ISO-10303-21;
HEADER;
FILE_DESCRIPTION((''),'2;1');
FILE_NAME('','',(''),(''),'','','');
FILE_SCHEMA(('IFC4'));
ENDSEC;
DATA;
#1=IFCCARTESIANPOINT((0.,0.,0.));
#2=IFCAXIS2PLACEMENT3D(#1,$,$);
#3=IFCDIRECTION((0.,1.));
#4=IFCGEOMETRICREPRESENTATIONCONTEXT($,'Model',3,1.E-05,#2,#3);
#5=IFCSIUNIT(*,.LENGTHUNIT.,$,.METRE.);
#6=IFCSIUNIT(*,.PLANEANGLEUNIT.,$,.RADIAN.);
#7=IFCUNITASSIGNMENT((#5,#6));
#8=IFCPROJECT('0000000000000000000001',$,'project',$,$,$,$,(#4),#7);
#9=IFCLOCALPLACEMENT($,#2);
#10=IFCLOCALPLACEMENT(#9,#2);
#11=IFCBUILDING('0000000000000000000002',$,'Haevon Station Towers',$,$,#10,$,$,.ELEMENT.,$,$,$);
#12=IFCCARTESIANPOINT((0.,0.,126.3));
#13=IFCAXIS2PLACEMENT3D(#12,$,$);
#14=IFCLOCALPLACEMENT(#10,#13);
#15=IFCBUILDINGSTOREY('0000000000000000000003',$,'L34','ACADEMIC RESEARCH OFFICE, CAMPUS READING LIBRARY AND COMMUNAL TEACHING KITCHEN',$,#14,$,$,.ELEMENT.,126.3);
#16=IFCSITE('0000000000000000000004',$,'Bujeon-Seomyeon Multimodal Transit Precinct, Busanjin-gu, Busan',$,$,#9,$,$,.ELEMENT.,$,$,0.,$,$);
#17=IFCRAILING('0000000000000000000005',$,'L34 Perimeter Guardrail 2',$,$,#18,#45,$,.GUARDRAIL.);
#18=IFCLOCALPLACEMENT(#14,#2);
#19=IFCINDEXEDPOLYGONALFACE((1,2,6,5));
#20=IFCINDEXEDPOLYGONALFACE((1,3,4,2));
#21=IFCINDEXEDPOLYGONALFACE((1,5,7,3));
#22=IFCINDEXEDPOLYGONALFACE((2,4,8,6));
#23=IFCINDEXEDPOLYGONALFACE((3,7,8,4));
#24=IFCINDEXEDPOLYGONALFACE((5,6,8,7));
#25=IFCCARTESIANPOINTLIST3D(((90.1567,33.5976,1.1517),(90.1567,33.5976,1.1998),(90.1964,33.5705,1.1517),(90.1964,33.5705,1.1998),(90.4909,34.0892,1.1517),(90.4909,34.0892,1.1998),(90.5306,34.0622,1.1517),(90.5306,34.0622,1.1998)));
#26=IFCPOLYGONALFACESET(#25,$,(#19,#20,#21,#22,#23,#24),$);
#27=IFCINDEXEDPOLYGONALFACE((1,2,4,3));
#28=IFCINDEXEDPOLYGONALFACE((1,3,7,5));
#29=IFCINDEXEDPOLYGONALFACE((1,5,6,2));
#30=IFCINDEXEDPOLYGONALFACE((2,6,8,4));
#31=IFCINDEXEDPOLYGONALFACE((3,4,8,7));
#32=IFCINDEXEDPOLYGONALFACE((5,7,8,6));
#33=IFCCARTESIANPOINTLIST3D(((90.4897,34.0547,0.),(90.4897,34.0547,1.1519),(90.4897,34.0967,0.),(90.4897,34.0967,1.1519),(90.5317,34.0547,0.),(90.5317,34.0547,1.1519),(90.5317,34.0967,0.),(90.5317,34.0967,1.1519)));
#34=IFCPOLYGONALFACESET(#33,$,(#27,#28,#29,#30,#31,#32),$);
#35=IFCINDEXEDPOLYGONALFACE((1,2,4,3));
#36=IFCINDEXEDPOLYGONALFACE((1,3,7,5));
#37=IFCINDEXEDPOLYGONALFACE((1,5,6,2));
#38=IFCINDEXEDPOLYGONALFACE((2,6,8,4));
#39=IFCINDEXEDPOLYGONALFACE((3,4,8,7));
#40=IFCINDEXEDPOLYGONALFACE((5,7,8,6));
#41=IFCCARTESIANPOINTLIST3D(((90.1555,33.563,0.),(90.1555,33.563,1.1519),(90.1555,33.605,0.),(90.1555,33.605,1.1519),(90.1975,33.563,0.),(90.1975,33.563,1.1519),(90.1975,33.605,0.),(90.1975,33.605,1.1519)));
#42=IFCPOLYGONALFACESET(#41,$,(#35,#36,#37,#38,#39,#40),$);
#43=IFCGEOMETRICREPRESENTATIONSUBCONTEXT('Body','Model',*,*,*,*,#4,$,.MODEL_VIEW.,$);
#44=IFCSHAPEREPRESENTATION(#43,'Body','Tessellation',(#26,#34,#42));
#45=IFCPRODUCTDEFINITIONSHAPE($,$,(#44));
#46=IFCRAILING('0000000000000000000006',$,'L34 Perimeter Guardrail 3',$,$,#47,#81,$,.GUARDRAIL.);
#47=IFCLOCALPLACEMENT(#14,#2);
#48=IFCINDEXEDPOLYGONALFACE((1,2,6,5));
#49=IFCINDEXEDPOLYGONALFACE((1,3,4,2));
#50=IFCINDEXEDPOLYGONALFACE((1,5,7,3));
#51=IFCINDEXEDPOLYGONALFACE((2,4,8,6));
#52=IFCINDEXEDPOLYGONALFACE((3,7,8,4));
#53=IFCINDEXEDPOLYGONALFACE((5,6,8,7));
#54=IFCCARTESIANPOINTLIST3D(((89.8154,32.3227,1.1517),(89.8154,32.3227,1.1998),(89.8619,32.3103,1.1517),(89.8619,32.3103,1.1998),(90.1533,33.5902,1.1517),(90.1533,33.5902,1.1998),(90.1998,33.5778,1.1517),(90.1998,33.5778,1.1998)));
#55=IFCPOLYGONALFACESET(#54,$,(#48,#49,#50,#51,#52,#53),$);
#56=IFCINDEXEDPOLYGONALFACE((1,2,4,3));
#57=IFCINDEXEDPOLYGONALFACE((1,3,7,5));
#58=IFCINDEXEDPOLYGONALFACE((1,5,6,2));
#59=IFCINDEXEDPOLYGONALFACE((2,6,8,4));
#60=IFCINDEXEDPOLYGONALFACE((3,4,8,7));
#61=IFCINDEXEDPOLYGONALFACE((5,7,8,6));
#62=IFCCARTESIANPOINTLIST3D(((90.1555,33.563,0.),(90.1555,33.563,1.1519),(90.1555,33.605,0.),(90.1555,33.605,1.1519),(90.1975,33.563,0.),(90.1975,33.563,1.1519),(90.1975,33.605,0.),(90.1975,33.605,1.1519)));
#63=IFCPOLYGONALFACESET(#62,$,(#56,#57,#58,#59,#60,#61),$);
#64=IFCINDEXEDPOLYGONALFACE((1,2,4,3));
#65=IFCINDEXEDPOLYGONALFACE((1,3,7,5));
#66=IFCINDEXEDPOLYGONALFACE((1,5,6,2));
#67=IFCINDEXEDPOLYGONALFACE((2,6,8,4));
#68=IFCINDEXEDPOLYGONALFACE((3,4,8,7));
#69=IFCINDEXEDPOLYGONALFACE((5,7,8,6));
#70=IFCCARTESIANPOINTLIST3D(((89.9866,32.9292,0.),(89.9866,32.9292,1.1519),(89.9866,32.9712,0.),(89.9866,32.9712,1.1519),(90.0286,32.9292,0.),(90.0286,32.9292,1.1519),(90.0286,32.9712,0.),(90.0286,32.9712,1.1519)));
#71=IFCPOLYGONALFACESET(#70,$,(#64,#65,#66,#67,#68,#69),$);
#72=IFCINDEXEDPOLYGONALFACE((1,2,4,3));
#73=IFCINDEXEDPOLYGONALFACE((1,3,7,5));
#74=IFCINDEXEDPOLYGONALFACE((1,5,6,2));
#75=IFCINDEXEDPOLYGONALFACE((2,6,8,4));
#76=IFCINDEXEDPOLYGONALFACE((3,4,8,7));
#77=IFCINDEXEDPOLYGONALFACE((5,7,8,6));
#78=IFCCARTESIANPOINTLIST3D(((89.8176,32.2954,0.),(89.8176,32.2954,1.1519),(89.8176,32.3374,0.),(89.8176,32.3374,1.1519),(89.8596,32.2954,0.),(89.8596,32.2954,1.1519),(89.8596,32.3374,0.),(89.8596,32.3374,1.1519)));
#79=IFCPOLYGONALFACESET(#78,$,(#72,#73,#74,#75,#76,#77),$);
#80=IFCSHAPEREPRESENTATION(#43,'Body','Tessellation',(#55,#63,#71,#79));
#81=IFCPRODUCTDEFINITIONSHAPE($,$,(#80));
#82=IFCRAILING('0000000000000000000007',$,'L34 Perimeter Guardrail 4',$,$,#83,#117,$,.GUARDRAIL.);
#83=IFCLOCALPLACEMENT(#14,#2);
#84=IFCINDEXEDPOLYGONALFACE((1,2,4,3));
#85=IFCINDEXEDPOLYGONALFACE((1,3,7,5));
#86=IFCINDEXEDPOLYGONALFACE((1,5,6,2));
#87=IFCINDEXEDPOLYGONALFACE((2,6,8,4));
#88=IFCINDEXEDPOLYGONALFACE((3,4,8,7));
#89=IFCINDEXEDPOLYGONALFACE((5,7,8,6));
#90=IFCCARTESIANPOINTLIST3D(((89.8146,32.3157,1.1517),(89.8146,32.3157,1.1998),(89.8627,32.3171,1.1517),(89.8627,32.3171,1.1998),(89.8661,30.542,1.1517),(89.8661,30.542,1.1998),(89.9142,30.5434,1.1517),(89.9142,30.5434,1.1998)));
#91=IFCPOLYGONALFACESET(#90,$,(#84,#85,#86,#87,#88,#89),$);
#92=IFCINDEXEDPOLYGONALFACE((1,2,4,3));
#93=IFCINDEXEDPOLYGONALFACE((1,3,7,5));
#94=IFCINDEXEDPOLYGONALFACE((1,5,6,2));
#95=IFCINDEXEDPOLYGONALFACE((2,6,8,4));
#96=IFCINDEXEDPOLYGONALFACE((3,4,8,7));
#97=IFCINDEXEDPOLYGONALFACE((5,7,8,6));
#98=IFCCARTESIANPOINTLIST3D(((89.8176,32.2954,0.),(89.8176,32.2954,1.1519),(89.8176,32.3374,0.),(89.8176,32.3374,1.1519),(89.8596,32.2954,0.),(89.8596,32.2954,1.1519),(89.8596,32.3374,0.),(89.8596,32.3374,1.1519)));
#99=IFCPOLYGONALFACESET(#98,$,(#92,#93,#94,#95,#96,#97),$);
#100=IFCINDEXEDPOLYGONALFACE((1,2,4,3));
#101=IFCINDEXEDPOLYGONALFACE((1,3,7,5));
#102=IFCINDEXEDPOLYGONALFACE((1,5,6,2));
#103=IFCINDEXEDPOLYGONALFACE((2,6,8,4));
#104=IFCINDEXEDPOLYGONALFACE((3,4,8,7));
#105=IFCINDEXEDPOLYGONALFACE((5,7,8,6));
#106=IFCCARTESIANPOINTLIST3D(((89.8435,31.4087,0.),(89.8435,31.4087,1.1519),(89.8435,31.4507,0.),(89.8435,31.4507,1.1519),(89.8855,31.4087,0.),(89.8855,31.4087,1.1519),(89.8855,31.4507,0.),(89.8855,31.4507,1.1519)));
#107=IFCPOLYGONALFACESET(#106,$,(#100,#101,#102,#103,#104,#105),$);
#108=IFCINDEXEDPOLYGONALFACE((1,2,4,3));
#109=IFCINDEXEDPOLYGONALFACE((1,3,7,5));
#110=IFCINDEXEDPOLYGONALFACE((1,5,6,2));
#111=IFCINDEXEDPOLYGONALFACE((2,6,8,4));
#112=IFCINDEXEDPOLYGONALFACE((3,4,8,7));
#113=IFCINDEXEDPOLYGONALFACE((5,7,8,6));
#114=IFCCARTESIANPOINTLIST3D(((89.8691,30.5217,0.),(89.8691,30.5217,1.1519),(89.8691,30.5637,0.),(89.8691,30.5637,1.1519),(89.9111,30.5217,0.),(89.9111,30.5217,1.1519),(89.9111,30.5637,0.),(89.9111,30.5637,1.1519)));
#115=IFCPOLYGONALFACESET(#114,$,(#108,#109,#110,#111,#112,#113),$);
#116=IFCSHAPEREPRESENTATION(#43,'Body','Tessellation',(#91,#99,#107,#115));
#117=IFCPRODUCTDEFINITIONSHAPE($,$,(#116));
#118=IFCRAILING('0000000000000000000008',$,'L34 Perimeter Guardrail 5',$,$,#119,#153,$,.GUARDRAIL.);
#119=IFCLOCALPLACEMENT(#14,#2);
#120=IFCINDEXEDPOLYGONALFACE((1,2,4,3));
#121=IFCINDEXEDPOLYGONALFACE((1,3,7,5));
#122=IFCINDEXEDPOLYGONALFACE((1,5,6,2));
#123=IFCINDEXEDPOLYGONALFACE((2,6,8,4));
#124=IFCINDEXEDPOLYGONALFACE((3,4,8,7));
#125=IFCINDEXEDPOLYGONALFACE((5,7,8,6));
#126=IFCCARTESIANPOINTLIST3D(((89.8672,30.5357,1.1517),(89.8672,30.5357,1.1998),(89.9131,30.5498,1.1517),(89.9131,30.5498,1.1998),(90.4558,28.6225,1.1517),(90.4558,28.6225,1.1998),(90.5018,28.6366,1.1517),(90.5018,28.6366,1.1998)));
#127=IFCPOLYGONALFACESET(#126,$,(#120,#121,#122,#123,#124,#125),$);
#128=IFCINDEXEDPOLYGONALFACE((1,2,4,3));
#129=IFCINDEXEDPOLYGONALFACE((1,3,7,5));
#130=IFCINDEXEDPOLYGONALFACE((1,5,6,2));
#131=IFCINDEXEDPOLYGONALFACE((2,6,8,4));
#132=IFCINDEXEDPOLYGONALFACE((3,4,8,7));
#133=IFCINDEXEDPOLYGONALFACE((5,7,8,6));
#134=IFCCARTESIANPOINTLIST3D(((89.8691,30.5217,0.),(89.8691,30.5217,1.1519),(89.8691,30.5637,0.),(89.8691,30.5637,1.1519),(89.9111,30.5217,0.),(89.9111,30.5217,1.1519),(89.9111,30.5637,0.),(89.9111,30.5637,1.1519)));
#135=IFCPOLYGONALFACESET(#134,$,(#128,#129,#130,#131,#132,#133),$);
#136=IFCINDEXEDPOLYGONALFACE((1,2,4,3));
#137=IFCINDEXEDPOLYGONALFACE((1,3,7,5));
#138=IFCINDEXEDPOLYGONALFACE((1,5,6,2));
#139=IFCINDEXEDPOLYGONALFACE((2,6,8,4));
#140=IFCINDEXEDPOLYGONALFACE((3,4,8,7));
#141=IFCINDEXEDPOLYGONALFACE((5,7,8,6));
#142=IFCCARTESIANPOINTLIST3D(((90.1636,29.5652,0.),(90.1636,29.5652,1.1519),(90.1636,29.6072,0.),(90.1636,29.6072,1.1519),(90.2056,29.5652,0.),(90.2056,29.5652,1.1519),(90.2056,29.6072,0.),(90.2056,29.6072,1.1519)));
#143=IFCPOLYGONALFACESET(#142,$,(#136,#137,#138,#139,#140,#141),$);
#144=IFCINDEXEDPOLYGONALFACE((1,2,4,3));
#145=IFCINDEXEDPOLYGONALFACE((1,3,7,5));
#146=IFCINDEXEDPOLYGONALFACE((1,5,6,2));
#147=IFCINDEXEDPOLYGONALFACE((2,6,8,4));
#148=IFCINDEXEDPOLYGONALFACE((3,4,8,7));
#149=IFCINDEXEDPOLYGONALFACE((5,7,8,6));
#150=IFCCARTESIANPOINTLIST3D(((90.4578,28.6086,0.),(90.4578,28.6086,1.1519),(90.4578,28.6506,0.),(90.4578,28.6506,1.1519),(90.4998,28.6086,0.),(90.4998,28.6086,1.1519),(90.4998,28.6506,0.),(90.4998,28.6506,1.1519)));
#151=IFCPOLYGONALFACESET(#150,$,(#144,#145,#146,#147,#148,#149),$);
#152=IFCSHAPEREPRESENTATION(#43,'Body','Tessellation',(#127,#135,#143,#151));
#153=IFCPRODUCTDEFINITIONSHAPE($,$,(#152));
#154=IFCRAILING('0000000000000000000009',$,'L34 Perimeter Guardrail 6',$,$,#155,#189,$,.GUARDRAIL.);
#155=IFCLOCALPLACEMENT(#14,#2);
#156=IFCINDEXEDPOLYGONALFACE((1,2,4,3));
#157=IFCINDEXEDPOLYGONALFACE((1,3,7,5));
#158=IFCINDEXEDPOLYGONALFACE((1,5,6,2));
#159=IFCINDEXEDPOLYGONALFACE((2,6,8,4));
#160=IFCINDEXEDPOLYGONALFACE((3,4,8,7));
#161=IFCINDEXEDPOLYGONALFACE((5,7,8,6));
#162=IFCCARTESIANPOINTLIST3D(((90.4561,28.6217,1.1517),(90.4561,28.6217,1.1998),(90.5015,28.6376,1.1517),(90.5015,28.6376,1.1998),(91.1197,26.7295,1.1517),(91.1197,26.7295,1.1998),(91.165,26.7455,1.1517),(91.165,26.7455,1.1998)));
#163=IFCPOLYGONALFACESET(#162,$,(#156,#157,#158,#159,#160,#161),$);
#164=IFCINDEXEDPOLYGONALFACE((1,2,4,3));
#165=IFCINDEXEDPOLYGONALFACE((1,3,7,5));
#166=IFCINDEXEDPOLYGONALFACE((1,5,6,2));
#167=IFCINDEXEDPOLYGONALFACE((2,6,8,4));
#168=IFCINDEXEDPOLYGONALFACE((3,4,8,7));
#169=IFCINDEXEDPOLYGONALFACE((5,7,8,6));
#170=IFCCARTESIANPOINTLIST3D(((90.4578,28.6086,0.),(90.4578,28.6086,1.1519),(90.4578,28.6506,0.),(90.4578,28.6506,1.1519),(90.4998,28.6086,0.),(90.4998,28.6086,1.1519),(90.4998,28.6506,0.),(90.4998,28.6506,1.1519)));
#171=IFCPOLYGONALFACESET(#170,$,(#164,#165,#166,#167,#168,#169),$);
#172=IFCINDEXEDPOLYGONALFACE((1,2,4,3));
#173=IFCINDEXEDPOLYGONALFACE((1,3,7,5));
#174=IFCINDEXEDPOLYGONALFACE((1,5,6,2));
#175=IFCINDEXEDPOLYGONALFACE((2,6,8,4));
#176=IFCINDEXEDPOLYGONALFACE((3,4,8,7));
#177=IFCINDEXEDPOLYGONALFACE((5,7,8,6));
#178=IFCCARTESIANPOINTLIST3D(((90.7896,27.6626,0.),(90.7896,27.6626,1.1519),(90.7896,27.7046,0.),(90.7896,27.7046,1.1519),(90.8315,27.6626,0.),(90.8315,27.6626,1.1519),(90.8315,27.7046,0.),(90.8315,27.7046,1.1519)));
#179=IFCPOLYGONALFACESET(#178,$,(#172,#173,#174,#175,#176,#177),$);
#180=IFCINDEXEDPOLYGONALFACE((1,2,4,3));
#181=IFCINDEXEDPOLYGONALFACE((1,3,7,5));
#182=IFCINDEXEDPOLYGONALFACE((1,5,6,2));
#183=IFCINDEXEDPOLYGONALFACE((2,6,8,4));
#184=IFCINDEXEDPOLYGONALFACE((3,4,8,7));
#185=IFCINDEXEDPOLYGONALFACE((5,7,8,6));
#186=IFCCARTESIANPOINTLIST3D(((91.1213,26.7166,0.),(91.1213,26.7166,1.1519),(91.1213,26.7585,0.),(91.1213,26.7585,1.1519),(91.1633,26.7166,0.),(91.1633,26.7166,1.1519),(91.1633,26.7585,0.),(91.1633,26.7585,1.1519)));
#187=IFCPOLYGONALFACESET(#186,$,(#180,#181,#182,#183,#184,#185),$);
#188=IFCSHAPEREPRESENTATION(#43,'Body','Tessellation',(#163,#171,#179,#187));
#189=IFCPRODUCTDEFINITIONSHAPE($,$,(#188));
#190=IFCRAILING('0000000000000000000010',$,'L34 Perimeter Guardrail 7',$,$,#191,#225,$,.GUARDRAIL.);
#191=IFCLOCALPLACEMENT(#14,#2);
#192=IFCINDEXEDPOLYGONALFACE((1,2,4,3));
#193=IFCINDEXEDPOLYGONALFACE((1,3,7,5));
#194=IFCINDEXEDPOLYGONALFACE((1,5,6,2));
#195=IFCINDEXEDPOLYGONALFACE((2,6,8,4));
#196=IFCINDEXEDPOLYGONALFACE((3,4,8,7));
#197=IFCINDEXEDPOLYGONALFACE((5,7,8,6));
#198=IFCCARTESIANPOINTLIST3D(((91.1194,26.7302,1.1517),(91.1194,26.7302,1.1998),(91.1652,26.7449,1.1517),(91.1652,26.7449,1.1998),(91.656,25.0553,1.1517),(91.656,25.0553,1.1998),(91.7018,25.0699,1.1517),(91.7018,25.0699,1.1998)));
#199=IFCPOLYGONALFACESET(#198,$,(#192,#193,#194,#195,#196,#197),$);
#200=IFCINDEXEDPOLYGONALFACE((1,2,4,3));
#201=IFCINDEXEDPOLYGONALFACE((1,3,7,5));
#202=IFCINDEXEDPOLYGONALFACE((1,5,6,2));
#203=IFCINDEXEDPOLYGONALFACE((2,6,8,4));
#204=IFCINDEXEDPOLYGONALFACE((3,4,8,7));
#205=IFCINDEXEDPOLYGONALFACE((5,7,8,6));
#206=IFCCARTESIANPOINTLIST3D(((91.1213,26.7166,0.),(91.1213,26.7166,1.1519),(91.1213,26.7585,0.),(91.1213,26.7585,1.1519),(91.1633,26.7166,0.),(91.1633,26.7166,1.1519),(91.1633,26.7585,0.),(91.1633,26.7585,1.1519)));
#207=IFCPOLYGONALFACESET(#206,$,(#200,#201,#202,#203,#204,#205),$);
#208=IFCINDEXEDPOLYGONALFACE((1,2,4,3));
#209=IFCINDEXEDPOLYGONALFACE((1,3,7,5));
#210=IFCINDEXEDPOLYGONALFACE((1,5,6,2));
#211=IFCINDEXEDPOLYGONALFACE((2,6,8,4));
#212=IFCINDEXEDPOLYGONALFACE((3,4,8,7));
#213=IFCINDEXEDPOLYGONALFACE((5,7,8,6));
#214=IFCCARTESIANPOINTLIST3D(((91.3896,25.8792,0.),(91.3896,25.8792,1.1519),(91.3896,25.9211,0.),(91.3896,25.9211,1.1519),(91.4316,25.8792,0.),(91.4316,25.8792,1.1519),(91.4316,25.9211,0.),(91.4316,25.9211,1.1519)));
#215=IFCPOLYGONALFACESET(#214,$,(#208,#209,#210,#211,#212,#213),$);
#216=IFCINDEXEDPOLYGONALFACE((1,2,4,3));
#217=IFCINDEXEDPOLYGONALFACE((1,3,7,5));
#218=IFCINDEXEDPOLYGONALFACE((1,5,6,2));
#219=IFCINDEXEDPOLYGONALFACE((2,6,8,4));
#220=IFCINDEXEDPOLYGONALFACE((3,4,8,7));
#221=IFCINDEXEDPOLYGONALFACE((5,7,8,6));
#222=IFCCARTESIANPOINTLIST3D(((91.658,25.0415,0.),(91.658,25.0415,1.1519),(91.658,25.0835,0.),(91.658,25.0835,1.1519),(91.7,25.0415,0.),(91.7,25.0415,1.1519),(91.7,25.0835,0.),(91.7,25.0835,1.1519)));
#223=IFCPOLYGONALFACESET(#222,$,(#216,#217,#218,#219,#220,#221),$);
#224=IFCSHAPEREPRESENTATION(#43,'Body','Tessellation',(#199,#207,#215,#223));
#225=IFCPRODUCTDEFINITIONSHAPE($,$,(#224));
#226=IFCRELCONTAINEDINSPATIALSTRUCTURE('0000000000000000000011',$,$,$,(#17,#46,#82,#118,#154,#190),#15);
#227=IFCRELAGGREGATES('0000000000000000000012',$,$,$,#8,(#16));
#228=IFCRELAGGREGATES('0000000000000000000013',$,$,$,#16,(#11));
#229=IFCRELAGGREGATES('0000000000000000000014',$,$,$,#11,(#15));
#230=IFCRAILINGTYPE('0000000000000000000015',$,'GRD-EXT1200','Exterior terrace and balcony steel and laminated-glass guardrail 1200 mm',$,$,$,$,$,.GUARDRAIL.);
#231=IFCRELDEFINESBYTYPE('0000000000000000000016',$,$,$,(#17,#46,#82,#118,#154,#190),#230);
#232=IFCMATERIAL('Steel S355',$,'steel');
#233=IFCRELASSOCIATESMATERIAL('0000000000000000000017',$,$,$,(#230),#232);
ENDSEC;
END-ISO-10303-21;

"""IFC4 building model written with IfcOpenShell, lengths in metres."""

from ifc_helpers import new_model, si_unit, direction, frame, origin, origin_2d, place, context, subcontext, project, spatial, rectangle, extrude, material, type_object, element, save


model = new_model("IFC4")

# Units and contexts
model_context = context("Model", 3, precision=1e-05, world=origin(), true_north=direction((0.0, 1.0)))
body_context = subcontext(model_context, "Body", "Model", "MODEL_VIEW")
ifc_project = project(units=[si_unit("LENGTHUNIT", "METRE"), si_unit("PLANEANGLEUNIT", "RADIAN")], contexts=[model_context])

# Site, building, storey
site_placement = place(None, origin())
site = spatial("IfcSite", under=ifc_project, at=site_placement, Name="Bujeon-Seomyeon Multimodal Transit Precinct, Busanjin-gu, Busan", CompositionType="ELEMENT", RefElevation=0.0)
building_placement = place(site_placement, origin())
building = spatial("IfcBuilding", under=site, at=building_placement, Name="Haevon Station Towers", CompositionType="ELEMENT")
storey_placement = place(building_placement, frame((0.0, 0.0, 126.3)))
storey = spatial("IfcBuildingStorey", under=building, at=storey_placement, Name="L34", Description="ACADEMIC RESEARCH OFFICE, CAMPUS READING LIBRARY AND COMMUNAL TEACHING KITCHEN", CompositionType="ELEMENT", Elevation=126.3)

# Shared definitions
ifc_material_1 = material(Name="Steel S355", Category="steel")

# Railings
railing_type = type_object("IfcRailingType", Name="GRD-EXT1200", Description="Exterior terrace and balcony steel and laminated-glass guardrail 1200 mm", PredefinedType="GUARDRAIL", material=ifc_material_1)
railing_1_placement = place(storey_placement, frame((90.5107, 34.0757, 0.0)))
element("IfcRailing", 1, at=railing_1_placement, inside=storey, type_object=railing_type, Name="L34 Perimeter Guardrail 2", PredefinedType="GUARDRAIL", context=body_context, shape_type="SweptSolid", body=[
    extrude(rectangle(XDim=0.0481, YDim=0.0481, at=origin_2d()), frame((0.0, 0.0, 1.1758), z_axis=(-0.562164, -0.827026, 0.0), x_axis=(0.827026, -0.562164, 0.0)), (0.0, 0.0, 1.0), 0.5945),
    extrude(rectangle(XDim=0.042, YDim=0.042, at=origin_2d()), origin(), (0.0, 0.0, 1.0), 1.1519),
    extrude(rectangle(XDim=0.042, YDim=0.042, at=origin_2d()), frame((-0.3342, -0.4917, 0.0)), (0.0, 0.0, 1.0), 1.1519),
])
railing_2_placement = place(storey_placement, frame((90.1765, 33.584, 0.0)))
element("IfcRailing", 2, at=railing_2_placement, inside=storey, type_object=railing_type, Name="L34 Perimeter Guardrail 3", PredefinedType="GUARDRAIL", context=body_context, shape_type="SweptSolid", body=[
    extrude(rectangle(XDim=0.0481, YDim=0.0481, at=origin_2d()), frame((0.0, 0.0, 1.1758), z_axis=(-0.25757, -0.96626, 0.0), x_axis=(0.96626, -0.25757, 0.0)), (0.0, 0.0, 1.0), 1.3118),
    extrude(rectangle(XDim=0.042, YDim=0.042, at=origin_2d()), origin(), (0.0, 0.0, 1.0), 1.1519),
    extrude(rectangle(XDim=0.042, YDim=0.042, at=origin_2d()), frame((-0.1689, -0.6338, 0.0)), (0.0, 0.0, 1.0), 1.1519),
    extrude(rectangle(XDim=0.042, YDim=0.042, at=origin_2d()), frame((-0.3379, -1.2676, 0.0)), (0.0, 0.0, 1.0), 1.1519),
])
railing_3_placement = place(storey_placement, frame((89.8386, 32.3164, 0.0)))
element("IfcRailing", 3, at=railing_3_placement, inside=storey, type_object=railing_type, Name="L34 Perimeter Guardrail 4", PredefinedType="GUARDRAIL", context=body_context, shape_type="SweptSolid", body=[
    extrude(rectangle(XDim=0.0481, YDim=0.0481, at=origin_2d()), frame((0.0, 0.0, 1.1758), z_axis=(0.029031, -0.999579, 0.0), x_axis=(0.999579, 0.029031, 0.0)), (0.0, 0.0, 1.0), 1.7744),
    extrude(rectangle(XDim=0.042, YDim=0.042, at=origin_2d()), origin(), (0.0, 0.0, 1.0), 1.1519),
    extrude(rectangle(XDim=0.042, YDim=0.042, at=origin_2d()), frame((0.0259, -0.8867, 0.0)), (0.0, 0.0, 1.0), 1.1519),
    extrude(rectangle(XDim=0.042, YDim=0.042, at=origin_2d()), frame((0.0515, -1.7737, 0.0)), (0.0, 0.0, 1.0), 1.1519),
])
railing_4_placement = place(storey_placement, frame((89.8901, 30.5427, 0.0)))
element("IfcRailing", 4, at=railing_4_placement, inside=storey, type_object=railing_type, Name="L34 Perimeter Guardrail 5", PredefinedType="GUARDRAIL", context=body_context, shape_type="SweptSolid", body=[
    extrude(rectangle(XDim=0.0481, YDim=0.0481, at=origin_2d()), frame((0.0, 0.0, 1.1758), z_axis=(0.294077, -0.955782, 0.0), x_axis=(0.955782, 0.294077, 0.0)), (0.0, 0.0, 1.0), 2.0017),
    extrude(rectangle(XDim=0.042, YDim=0.042, at=origin_2d()), origin(), (0.0, 0.0, 1.0), 1.1519),
    extrude(rectangle(XDim=0.042, YDim=0.042, at=origin_2d()), frame((0.2944, -0.9565, 0.0)), (0.0, 0.0, 1.0), 1.1519),
    extrude(rectangle(XDim=0.042, YDim=0.042, at=origin_2d()), frame((0.5886, -1.9131, 0.0)), (0.0, 0.0, 1.0), 1.1519),
])
railing_5_placement = place(storey_placement, frame((90.4788, 28.6296, 0.0)))
element("IfcRailing", 5, at=railing_5_placement, inside=storey, type_object=railing_type, Name="L34 Perimeter Guardrail 6", PredefinedType="GUARDRAIL", context=body_context, shape_type="SweptSolid", body=[
    extrude(rectangle(XDim=0.0481, YDim=0.0481, at=origin_2d()), frame((0.0, 0.0, 1.1758), z_axis=(0.330947, -0.943649, 0.0), x_axis=(0.943649, 0.330947, 0.0)), (0.0, 0.0, 1.0), 2.0051),
    extrude(rectangle(XDim=0.042, YDim=0.042, at=origin_2d()), origin(), (0.0, 0.0, 1.0), 1.1519),
    extrude(rectangle(XDim=0.042, YDim=0.042, at=origin_2d()), frame((0.3318, -0.946, 0.0)), (0.0, 0.0, 1.0), 1.1519),
    extrude(rectangle(XDim=0.042, YDim=0.042, at=origin_2d()), frame((0.6636, -1.8921, 0.0)), (0.0, 0.0, 1.0), 1.1519),
])
railing_6_placement = place(storey_placement, frame((91.1423, 26.7375, 0.0)))
element("IfcRailing", 6, at=railing_6_placement, inside=storey, type_object=railing_type, Name="L34 Perimeter Guardrail 7", PredefinedType="GUARDRAIL", context=body_context, shape_type="SweptSolid", body=[
    extrude(rectangle(XDim=0.0481, YDim=0.0481, at=origin_2d()), frame((0.0, 0.0, 1.1758), z_axis=(0.305088, -0.952324, 0.0), x_axis=(0.952324, 0.305088, 0.0)), (0.0, 0.0, 1.0), 1.7588),
    extrude(rectangle(XDim=0.042, YDim=0.042, at=origin_2d()), origin(), (0.0, 0.0, 1.0), 1.1519),
    extrude(rectangle(XDim=0.042, YDim=0.042, at=origin_2d()), frame((0.2683, -0.8374, 0.0)), (0.0, 0.0, 1.0), 1.1519),
    extrude(rectangle(XDim=0.042, YDim=0.042, at=origin_2d()), frame((0.5366, -1.675, 0.0)), (0.0, 0.0, 1.0), 1.1519),
])

save(model, "model.ifc")
